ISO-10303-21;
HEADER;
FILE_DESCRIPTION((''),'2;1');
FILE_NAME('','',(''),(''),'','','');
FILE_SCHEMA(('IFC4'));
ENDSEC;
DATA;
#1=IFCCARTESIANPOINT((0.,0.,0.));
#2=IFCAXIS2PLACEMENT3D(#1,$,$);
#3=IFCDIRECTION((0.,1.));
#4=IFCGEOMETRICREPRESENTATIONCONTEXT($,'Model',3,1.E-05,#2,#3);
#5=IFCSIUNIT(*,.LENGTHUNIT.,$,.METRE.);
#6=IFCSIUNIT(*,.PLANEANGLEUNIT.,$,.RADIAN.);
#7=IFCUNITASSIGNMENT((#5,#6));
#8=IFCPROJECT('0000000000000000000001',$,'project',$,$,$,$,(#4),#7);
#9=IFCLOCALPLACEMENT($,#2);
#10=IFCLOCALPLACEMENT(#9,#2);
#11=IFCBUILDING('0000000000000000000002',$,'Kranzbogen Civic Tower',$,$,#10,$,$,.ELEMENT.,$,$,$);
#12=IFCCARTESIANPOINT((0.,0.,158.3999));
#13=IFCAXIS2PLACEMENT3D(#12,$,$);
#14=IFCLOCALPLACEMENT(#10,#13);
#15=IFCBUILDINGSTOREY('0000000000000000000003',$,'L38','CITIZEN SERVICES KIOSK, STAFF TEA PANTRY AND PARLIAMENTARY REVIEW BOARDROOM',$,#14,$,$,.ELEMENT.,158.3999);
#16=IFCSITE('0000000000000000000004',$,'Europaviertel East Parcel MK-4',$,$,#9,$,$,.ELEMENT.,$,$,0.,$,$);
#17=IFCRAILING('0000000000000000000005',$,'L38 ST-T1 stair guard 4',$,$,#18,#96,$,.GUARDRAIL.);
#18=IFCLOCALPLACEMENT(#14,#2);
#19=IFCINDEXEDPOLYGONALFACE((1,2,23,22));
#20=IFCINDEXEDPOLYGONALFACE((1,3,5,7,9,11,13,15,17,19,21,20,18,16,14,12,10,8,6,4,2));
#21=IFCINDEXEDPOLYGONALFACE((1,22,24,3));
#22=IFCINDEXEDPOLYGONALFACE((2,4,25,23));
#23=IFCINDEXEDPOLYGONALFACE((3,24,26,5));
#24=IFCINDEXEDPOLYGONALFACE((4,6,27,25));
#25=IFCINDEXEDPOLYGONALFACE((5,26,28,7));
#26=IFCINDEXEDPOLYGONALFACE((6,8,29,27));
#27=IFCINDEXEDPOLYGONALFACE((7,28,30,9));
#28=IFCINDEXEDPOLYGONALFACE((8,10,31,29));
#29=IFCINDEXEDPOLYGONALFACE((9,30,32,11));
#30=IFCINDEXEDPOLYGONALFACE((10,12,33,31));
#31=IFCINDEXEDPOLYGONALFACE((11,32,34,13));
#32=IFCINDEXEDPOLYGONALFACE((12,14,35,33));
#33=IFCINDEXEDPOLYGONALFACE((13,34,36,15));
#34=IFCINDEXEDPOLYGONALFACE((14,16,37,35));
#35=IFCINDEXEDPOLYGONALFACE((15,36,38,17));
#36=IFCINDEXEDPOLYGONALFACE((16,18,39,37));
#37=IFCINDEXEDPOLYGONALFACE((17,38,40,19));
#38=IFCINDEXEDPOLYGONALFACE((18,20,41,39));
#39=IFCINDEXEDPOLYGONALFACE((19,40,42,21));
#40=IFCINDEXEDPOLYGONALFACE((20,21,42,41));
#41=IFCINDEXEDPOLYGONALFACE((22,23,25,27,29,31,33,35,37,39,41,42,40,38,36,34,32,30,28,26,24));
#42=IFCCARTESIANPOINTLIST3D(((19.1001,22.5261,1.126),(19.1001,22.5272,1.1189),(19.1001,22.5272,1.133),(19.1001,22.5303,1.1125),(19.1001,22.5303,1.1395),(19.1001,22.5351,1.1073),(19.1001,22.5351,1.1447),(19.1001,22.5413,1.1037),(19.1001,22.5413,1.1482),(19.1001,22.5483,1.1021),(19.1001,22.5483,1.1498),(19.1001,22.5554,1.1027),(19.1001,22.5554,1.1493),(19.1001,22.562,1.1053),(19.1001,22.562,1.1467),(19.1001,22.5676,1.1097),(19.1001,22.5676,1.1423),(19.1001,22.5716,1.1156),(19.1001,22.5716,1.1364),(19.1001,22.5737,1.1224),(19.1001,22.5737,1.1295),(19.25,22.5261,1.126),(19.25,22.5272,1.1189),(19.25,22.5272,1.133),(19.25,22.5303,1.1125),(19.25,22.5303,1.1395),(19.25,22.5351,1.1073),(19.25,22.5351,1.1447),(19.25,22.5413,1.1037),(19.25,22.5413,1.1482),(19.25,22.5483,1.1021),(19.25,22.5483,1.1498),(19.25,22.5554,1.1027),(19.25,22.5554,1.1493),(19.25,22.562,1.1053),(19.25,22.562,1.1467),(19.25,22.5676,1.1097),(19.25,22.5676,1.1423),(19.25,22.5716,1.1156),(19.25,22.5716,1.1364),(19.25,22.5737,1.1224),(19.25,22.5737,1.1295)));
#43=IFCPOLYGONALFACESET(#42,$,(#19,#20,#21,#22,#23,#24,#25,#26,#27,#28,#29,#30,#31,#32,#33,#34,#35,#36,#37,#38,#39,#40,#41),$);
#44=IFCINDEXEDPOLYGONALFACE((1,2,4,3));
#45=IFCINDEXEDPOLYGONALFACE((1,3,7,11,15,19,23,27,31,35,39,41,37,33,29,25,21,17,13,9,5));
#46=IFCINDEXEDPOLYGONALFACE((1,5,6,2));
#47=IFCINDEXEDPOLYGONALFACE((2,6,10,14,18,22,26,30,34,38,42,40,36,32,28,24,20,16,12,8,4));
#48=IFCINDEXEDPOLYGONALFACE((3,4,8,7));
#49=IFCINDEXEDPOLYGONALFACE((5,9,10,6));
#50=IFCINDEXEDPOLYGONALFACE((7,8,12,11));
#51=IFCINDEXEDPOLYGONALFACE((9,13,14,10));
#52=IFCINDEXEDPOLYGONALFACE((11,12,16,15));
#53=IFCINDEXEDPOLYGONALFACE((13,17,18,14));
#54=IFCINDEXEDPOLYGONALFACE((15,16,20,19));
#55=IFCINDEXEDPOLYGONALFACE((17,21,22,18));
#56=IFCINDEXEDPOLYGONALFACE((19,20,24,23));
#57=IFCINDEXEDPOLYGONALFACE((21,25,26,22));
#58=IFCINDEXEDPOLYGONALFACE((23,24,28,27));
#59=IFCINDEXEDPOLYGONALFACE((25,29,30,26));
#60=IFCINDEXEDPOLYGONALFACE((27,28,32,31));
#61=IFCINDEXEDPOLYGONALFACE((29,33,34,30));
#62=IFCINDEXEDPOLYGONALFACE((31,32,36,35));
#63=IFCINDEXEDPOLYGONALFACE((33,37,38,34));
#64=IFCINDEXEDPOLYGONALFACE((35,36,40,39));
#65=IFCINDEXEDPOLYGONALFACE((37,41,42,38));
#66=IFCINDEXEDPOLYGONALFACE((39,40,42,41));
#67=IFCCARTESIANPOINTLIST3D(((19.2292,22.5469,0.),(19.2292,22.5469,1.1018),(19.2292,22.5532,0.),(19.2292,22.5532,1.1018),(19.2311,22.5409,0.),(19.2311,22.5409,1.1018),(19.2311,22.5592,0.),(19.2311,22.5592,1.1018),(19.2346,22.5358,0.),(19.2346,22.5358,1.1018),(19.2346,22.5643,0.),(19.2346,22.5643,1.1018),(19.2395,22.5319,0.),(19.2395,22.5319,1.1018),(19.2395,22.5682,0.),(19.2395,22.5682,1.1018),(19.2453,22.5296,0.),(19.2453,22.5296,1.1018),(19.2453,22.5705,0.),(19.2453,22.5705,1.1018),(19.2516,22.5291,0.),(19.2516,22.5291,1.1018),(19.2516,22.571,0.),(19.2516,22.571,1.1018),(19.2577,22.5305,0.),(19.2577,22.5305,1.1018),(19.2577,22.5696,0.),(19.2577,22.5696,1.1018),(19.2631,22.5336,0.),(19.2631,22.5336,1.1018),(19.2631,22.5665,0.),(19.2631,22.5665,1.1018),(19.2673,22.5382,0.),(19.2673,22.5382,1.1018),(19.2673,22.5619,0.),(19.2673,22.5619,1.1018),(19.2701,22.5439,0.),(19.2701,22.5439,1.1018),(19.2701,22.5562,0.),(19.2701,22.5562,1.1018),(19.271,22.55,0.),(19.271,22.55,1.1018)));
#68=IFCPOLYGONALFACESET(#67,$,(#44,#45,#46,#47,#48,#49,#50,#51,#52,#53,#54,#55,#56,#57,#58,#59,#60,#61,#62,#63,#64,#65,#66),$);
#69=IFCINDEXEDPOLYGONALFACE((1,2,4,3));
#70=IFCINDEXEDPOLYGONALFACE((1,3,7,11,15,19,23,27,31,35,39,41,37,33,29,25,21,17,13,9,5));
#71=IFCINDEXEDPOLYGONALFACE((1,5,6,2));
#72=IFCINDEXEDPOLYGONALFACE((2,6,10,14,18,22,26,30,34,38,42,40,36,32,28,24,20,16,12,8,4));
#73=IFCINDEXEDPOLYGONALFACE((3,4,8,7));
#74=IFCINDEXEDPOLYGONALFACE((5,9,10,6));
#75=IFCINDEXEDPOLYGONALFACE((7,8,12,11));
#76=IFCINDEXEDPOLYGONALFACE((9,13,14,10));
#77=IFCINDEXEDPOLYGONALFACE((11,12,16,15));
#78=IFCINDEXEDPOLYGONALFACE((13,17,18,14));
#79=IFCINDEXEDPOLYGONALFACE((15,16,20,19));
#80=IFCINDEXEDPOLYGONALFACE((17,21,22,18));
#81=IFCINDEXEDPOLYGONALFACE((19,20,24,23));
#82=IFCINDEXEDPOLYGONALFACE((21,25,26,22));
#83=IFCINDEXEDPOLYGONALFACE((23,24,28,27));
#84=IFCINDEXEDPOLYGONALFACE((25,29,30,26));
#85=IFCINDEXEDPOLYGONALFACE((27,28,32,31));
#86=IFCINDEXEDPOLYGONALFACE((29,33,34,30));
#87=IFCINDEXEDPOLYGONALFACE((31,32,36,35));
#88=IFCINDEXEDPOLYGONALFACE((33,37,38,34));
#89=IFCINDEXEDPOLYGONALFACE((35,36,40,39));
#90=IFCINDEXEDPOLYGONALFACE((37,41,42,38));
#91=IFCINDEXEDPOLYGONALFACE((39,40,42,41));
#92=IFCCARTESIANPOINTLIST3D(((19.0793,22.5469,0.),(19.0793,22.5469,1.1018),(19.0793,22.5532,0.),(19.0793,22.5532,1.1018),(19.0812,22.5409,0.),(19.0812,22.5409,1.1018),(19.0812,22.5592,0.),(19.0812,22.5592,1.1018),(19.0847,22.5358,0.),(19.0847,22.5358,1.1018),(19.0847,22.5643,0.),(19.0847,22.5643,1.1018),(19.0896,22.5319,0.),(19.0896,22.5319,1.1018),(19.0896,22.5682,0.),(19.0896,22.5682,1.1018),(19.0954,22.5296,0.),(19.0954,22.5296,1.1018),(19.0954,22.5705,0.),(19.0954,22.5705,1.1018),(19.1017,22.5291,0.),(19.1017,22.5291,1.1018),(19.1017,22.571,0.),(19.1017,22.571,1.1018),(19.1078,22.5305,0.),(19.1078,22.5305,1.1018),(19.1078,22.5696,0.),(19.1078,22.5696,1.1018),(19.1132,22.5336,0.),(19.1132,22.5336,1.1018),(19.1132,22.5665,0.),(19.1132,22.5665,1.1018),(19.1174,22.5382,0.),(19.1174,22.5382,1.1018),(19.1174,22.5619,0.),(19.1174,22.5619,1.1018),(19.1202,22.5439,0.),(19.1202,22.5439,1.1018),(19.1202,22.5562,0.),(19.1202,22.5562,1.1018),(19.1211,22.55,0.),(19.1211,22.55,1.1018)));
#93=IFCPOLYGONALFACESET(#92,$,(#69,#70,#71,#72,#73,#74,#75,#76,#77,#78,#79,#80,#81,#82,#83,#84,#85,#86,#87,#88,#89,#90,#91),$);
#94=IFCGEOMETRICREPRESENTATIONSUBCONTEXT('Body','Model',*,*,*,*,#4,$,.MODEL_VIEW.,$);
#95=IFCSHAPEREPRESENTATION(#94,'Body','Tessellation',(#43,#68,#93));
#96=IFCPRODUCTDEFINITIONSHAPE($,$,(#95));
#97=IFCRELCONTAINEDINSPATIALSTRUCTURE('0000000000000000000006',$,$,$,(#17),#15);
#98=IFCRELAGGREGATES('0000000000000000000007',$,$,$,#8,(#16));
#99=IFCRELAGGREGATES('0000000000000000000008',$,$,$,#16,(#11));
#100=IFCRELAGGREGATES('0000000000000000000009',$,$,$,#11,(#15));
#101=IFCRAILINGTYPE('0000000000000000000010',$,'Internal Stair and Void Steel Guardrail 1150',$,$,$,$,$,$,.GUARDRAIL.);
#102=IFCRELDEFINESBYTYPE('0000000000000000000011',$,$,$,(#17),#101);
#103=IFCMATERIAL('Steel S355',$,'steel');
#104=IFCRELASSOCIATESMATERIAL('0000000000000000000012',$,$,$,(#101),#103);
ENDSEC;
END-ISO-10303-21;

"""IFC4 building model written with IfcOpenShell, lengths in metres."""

from ifc_helpers import new_model, si_unit, direction, frame, origin, origin_2d, place, context, subcontext, project, spatial, circle, extrude, material, type_object, element, save


model = new_model("IFC4")

# Units and contexts
model_context = context("Model", 3, precision=1e-05, world=origin(), true_north=direction((0.0, 1.0)))
body_context = subcontext(model_context, "Body", "Model", "MODEL_VIEW")
ifc_project = project(units=[si_unit("LENGTHUNIT", "METRE"), si_unit("PLANEANGLEUNIT", "RADIAN")], contexts=[model_context])

# Site, building, storey
site_placement = place(None, origin())
site = spatial("IfcSite", under=ifc_project, at=site_placement, Name="Europaviertel East Parcel MK-4", CompositionType="ELEMENT", RefElevation=0.0)
building_placement = place(site_placement, origin())
building = spatial("IfcBuilding", under=site, at=building_placement, Name="Kranzbogen Civic Tower", CompositionType="ELEMENT")
storey_placement = place(building_placement, frame((0.0, 0.0, 158.3999)))
storey = spatial("IfcBuildingStorey", under=building, at=storey_placement, Name="L38", Description="CITIZEN SERVICES KIOSK, STAFF TEA PANTRY AND PARLIAMENTARY REVIEW BOARDROOM", CompositionType="ELEMENT", Elevation=158.3999)

# Shared definitions
ifc_material_1 = material(Name="Steel S355", Category="steel")

# Railing
railing_type = type_object("IfcRailingType", Name="Internal Stair and Void Steel Guardrail 1150", PredefinedType="GUARDRAIL", material=ifc_material_1)
railing_1_placement = place(storey_placement, frame((19.25, 22.55, 0.0)))
element("IfcRailing", 1, at=railing_1_placement, inside=storey, type_object=railing_type, Name="L38 ST-T1 stair guard 4", PredefinedType="GUARDRAIL", context=body_context, shape_type="SweptSolid", body=[
    extrude(circle(Radius=0.0239, at=origin_2d()), frame((0.0, 0.0, 1.126), z_axis=(-1.0, 0.0, 0.0), x_axis=(0.0, -1.0, 0.0)), (0.0, 0.0, 1.0), 0.1499),
    extrude(circle(Radius=0.021, at=origin_2d()), origin(), (0.0, 0.0, 1.0), 1.1018),
    extrude(circle(Radius=0.021, at=origin_2d()), frame((-0.1499, 0.0, 0.0)), (0.0, 0.0, 1.0), 1.1018),
])

save(model, "model.ifc")
